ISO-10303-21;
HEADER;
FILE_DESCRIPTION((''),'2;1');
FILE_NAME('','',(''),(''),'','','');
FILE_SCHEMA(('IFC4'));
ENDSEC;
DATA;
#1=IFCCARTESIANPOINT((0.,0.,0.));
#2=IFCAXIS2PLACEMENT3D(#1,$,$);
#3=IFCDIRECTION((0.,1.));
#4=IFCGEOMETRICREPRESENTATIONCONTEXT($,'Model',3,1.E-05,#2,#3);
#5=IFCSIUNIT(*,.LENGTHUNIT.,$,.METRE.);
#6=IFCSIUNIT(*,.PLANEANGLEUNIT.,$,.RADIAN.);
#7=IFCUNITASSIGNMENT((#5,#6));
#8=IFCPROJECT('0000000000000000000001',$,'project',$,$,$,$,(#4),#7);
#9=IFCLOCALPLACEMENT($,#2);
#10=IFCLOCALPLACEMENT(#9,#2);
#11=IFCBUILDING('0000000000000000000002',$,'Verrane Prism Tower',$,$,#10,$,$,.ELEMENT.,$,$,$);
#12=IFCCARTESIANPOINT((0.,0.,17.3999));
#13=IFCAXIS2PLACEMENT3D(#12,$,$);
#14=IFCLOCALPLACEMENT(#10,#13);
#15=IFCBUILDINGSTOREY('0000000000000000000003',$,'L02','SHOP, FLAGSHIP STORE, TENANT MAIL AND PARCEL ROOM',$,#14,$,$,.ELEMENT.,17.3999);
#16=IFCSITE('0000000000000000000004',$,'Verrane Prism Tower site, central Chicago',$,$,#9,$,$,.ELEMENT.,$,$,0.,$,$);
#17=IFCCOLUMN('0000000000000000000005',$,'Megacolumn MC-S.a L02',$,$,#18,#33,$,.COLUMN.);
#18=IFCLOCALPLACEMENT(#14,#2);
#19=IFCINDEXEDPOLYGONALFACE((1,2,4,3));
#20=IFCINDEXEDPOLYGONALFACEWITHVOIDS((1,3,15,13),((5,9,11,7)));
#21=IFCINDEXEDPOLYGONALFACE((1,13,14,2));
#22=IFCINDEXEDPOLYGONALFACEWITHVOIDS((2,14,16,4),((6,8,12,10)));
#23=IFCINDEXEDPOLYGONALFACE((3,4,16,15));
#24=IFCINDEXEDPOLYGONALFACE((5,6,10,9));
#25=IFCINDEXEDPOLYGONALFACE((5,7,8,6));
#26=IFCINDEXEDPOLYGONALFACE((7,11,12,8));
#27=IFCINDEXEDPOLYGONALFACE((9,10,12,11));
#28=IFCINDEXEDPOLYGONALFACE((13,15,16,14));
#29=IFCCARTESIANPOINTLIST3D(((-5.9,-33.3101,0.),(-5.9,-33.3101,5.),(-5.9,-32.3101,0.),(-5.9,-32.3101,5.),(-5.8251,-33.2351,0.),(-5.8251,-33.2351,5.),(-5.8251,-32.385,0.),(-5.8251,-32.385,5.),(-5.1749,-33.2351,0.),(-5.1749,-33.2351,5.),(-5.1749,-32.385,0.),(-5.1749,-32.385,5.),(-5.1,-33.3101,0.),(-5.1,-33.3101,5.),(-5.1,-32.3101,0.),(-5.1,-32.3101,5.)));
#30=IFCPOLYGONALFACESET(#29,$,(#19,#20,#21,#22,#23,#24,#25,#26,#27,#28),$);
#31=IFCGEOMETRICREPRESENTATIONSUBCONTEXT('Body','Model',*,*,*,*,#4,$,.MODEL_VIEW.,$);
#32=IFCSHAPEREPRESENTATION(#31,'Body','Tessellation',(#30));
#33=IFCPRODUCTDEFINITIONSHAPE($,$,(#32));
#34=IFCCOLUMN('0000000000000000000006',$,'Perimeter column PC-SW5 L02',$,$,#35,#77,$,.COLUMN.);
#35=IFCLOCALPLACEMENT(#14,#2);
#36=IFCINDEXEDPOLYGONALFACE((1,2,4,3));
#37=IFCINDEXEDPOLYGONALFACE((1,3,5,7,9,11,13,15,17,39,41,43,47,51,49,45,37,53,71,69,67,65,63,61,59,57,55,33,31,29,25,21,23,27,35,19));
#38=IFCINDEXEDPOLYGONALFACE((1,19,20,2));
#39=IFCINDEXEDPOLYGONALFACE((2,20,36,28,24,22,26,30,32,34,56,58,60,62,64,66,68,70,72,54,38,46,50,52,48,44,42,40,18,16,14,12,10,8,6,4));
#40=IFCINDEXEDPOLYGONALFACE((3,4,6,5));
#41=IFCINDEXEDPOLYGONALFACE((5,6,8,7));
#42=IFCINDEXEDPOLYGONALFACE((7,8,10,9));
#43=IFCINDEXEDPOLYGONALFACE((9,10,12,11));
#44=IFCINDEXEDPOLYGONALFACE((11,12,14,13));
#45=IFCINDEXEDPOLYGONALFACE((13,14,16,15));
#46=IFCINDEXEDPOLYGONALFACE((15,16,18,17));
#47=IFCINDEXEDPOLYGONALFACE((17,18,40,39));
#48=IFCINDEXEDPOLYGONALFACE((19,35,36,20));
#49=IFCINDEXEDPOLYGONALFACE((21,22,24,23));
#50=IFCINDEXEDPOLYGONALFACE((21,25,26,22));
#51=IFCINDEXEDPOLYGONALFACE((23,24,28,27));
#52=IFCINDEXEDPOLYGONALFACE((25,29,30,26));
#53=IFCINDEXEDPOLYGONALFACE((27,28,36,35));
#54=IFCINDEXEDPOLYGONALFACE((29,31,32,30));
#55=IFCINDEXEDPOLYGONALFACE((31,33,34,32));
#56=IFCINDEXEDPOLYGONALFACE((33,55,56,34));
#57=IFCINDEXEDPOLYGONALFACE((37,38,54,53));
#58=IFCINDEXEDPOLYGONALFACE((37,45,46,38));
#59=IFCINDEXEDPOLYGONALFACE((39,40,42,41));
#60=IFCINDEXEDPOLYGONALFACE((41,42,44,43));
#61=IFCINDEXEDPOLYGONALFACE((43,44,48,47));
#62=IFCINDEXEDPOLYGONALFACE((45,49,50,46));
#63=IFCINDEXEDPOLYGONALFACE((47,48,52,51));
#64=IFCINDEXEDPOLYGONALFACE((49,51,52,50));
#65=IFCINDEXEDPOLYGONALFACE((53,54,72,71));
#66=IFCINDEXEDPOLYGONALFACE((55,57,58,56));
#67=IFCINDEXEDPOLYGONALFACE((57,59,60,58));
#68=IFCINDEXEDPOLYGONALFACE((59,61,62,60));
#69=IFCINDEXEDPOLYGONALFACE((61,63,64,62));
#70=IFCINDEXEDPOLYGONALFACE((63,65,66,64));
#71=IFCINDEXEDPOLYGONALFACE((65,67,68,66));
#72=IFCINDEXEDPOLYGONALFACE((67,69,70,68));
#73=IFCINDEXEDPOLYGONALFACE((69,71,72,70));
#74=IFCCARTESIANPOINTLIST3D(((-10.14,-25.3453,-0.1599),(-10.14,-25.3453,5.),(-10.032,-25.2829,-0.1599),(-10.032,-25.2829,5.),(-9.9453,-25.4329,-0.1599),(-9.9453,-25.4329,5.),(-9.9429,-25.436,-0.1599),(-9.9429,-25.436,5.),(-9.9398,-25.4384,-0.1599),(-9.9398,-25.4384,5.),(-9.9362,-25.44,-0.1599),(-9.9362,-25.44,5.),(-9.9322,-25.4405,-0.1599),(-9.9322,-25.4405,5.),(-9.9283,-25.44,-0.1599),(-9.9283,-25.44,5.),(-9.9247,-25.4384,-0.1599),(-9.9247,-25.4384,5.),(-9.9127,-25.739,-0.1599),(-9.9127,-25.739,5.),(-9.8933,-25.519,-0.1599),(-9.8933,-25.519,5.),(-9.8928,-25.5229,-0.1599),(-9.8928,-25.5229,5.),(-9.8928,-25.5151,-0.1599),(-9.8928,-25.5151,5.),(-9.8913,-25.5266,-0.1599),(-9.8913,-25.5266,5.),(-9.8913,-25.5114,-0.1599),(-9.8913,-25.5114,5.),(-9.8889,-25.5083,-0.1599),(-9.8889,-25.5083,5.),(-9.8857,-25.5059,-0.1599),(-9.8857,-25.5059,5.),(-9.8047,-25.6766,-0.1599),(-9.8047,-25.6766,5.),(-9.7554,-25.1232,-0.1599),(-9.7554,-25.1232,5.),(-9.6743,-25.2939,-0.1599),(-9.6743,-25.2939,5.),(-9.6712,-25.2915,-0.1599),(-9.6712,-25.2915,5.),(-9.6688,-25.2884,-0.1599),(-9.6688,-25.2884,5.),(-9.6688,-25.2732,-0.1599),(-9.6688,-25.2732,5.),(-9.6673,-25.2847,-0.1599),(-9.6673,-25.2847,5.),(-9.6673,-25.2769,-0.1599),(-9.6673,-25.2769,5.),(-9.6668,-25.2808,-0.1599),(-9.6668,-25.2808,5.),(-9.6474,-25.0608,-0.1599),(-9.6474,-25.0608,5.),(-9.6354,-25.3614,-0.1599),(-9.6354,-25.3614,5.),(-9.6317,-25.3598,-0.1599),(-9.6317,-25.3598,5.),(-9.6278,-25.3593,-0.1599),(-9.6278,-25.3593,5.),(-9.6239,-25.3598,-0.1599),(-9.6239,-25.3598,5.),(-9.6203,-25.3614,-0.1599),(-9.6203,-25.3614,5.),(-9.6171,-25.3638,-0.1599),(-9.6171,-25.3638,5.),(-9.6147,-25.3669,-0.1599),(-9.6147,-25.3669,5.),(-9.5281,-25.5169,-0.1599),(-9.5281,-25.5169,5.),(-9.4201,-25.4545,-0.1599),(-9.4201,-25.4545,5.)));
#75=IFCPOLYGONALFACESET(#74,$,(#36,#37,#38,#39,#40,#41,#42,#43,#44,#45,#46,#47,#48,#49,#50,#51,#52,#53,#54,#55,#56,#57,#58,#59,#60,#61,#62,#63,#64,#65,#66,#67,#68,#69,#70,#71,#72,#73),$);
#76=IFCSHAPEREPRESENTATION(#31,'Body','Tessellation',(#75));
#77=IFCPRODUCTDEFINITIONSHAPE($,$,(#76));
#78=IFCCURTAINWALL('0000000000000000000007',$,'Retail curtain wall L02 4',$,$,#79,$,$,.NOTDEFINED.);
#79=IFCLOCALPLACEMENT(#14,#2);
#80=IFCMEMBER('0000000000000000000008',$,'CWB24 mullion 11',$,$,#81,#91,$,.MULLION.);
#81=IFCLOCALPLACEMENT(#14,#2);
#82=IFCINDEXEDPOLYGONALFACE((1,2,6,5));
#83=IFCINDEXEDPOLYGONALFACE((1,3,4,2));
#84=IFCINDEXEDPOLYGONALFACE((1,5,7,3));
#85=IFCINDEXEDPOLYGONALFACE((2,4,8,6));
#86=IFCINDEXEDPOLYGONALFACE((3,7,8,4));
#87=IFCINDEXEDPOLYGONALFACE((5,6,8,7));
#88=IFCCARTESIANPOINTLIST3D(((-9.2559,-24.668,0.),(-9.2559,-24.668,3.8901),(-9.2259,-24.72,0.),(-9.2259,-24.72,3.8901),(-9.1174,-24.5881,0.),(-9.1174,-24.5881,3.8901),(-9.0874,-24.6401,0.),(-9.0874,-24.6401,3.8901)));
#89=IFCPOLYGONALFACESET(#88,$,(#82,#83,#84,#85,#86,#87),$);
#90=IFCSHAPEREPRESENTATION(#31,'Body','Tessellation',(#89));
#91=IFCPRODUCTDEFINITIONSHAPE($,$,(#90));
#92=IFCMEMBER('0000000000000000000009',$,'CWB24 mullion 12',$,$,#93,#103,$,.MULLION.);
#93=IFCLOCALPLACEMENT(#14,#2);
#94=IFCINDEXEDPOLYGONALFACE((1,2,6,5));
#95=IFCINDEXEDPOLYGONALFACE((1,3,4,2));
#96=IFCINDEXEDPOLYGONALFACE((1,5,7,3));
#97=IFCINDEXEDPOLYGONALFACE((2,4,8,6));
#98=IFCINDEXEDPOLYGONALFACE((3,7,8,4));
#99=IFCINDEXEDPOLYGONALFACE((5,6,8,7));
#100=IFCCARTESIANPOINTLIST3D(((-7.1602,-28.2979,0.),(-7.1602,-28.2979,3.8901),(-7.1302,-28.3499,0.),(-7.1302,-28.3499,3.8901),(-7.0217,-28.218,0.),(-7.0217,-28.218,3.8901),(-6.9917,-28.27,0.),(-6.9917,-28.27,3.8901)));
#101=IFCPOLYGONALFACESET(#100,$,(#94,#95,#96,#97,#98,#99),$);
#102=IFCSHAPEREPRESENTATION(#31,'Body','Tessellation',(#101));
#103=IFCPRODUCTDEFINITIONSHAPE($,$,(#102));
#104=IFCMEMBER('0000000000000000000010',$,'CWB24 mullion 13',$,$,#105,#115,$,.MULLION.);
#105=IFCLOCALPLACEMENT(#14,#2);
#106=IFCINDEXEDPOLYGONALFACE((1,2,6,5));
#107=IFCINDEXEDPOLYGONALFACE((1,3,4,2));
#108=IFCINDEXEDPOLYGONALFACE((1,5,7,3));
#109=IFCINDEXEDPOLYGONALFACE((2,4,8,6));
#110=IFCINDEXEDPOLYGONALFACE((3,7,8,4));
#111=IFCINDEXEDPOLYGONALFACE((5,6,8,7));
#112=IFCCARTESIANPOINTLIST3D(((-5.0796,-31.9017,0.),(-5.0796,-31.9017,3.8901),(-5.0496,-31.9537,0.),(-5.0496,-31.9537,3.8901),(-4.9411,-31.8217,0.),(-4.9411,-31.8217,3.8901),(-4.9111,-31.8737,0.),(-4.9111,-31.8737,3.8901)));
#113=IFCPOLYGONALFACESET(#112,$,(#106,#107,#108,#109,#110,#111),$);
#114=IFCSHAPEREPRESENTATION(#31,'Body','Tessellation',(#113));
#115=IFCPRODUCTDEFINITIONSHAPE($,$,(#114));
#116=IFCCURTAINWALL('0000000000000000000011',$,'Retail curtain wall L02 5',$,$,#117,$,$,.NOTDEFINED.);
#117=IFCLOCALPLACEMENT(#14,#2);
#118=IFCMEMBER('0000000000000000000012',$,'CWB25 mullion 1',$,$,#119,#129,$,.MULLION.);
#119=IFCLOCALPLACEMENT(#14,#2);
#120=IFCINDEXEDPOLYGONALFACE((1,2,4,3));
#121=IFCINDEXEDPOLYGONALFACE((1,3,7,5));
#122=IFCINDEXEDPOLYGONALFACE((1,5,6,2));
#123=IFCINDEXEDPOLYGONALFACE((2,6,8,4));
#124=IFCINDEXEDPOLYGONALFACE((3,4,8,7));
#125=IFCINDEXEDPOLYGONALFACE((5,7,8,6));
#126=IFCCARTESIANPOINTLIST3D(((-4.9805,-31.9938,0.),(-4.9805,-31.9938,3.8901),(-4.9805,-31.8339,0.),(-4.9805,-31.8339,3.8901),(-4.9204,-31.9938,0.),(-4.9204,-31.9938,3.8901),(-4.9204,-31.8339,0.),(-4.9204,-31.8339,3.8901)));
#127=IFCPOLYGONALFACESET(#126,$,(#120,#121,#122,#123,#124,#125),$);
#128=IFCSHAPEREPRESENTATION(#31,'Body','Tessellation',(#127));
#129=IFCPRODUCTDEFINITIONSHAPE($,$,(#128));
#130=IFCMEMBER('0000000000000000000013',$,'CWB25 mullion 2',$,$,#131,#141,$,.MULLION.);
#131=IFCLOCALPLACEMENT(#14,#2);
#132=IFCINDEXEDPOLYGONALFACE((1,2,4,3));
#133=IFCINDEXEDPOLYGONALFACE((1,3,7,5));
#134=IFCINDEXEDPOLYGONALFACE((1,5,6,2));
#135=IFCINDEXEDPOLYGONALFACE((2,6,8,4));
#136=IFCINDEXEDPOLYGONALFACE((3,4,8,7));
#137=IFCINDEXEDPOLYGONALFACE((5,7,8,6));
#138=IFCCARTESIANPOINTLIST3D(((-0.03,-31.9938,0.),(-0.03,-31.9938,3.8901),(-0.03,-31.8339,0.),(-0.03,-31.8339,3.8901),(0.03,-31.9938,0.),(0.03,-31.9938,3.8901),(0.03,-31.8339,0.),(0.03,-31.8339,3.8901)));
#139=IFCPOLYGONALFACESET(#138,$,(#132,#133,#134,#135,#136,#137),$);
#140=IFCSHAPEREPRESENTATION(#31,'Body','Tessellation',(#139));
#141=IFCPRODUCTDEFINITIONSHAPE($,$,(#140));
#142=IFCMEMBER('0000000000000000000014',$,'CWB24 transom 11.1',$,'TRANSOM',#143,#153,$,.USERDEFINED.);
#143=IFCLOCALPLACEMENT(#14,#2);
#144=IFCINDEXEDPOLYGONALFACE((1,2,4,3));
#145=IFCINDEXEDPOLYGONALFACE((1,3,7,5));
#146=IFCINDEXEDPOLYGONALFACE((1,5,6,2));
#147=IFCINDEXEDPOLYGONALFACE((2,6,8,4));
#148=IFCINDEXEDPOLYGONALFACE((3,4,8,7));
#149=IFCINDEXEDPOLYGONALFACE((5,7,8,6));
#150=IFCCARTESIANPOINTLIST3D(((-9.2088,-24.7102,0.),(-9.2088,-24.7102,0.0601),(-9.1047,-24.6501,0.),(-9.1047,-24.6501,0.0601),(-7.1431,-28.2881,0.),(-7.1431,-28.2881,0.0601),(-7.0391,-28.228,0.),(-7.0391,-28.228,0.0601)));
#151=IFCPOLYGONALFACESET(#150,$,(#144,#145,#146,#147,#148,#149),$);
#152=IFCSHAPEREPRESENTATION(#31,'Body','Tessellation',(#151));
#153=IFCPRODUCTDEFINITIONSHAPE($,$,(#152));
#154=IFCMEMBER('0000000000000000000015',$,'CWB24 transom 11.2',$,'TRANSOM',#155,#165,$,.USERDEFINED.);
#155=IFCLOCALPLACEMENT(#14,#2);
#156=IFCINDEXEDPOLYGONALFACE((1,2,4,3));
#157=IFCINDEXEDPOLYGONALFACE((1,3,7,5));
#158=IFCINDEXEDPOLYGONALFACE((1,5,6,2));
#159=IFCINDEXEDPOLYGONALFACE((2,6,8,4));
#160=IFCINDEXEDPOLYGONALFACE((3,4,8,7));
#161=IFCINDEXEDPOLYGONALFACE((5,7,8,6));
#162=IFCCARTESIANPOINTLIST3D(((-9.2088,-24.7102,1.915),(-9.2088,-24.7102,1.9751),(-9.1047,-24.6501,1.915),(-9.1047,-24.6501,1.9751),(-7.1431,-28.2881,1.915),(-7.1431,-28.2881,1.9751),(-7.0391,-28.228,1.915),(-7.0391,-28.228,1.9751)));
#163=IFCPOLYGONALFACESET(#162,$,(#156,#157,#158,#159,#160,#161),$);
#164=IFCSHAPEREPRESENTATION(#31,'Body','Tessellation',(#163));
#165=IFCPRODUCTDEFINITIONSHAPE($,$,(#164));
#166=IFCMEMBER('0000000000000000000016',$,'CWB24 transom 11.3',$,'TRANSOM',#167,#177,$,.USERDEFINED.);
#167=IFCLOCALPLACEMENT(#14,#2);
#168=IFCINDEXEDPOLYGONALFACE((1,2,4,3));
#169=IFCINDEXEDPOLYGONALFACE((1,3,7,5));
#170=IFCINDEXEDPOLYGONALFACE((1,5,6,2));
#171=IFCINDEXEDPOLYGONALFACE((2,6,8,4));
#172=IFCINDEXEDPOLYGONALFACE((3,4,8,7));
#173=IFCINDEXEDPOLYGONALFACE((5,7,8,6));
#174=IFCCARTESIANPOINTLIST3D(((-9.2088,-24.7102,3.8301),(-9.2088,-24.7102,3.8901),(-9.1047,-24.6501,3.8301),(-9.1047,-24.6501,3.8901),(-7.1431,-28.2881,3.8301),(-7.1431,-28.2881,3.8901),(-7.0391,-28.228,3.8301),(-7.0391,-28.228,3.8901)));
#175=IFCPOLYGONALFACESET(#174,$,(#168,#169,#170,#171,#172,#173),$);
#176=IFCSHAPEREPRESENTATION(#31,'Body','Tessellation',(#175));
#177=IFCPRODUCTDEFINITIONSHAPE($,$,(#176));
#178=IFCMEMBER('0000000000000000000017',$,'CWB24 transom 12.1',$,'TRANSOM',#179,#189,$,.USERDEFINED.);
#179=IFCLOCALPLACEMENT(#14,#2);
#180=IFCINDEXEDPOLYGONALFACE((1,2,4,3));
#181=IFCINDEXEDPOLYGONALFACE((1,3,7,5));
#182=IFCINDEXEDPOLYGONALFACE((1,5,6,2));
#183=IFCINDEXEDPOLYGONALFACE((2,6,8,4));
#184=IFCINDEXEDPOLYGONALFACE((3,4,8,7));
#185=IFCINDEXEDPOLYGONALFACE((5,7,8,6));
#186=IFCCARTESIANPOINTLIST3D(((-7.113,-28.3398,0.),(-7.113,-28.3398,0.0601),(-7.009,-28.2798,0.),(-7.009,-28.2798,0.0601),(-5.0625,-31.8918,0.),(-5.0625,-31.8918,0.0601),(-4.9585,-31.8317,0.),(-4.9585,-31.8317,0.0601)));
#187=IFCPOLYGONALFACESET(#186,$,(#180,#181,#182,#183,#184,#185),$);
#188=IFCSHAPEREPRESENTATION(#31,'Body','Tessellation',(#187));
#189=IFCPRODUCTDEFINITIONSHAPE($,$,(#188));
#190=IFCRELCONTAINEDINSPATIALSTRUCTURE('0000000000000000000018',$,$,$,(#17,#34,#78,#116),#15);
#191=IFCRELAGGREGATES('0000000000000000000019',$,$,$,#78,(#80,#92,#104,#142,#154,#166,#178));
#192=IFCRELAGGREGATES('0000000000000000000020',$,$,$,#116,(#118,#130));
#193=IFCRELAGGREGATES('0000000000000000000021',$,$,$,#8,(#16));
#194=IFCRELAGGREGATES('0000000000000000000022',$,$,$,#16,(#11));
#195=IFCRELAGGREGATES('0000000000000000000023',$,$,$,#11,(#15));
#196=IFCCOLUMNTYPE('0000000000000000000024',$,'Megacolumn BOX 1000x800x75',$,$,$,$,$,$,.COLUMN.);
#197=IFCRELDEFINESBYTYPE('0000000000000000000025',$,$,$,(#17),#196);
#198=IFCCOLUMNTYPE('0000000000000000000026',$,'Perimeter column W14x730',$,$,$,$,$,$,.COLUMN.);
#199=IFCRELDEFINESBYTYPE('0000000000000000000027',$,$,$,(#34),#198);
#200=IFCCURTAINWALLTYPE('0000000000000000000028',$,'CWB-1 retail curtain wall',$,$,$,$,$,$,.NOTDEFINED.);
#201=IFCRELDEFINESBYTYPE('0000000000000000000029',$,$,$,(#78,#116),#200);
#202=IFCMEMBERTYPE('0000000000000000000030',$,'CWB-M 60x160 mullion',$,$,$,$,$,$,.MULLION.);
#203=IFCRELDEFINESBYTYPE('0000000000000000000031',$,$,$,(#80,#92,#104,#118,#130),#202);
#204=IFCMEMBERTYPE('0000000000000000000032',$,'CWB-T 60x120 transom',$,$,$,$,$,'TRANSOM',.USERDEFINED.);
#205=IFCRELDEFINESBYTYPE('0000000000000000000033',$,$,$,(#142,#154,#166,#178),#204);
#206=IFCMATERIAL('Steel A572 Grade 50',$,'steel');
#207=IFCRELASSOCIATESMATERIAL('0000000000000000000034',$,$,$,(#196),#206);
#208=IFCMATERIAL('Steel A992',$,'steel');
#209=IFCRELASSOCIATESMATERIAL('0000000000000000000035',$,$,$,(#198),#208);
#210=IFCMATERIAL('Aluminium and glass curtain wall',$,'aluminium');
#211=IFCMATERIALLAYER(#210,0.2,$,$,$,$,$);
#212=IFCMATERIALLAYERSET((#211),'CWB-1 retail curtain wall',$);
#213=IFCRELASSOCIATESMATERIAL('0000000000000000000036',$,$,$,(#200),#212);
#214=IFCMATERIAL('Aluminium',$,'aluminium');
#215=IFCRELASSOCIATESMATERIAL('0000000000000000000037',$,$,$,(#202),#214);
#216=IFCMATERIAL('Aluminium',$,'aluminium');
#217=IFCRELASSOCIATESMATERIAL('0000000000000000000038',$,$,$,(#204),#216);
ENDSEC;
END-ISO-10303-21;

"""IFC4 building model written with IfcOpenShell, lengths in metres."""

from ifc_helpers import new_model, si_unit, direction, frame, origin, origin_2d, place, context, subcontext, project, spatial, rectangle, hollow_rectangle, i_section, extrude, material, layer, layer_set, material_profile, profile_set, type_object, element, aggregate, save


model = new_model("IFC4")

# Units and contexts
model_context = context("Model", 3, precision=1e-05, world=origin(), true_north=direction((0.0, 1.0)))
body_context = subcontext(model_context, "Body", "Model", "MODEL_VIEW")
ifc_project = project(units=[si_unit("LENGTHUNIT", "METRE"), si_unit("PLANEANGLEUNIT", "RADIAN")], contexts=[model_context])

# Site, building, storey
site_placement = place(None, origin())
site = spatial("IfcSite", under=ifc_project, at=site_placement, Name="Verrane Prism Tower site, central Chicago", CompositionType="ELEMENT", RefElevation=0.0)
building_placement = place(site_placement, origin())
building = spatial("IfcBuilding", under=site, at=building_placement, Name="Verrane Prism Tower", CompositionType="ELEMENT")
storey_placement = place(building_placement, frame((0.0, 0.0, 17.3999)))
storey = spatial("IfcBuildingStorey", under=building, at=storey_placement, Name="L02", Description="SHOP, FLAGSHIP STORE, TENANT MAIL AND PARCEL ROOM", CompositionType="ELEMENT", Elevation=17.3999)

# Columns
ifc_material_1 = material(Name="Steel A572 Grade 50", Category="steel")
ifc_material_profile_1 = material_profile(ifc_material_1, hollow_rectangle(XDim=0.8, YDim=1.0, WallThickness=0.075, at=origin_2d()), Name="BOX 1000x800x75")
ifc_profile_set_1 = profile_set([ifc_material_profile_1], Name="Steel A572 Grade 50")
column_type_1 = type_object("IfcColumnType", Name="Megacolumn BOX 1000x800x75", PredefinedType="COLUMN", material=ifc_profile_set_1)
column_1_placement = place(storey_placement, frame((-5.5, -32.8101, 0.0), z_axis=(0.0, 0.0, 1.0), x_axis=(-1.0, 0.0, 0.0)))
element("IfcColumn", 1, at=column_1_placement, inside=storey, type_object=column_type_1, Name="Megacolumn MC-S.a L02", PredefinedType="COLUMN", context=body_context, shape_type="SweptSolid", body=[
    extrude(hollow_rectangle(XDim=0.8, YDim=1.0, WallThickness=0.075, at=origin_2d()), origin(), (0.0, 0.0, 1.0), 5.0),
])
ifc_material_2 = material(Name="Steel A992", Category="steel")
ifc_material_profile_2 = material_profile(ifc_material_2, i_section(OverallWidth=0.4546, OverallDepth=0.5688, WebThickness=0.0779, FlangeThickness=0.1248, FilletRadius=0.0151, at=origin_2d()), Name="W14x730")
ifc_profile_set_2 = profile_set([ifc_material_profile_2], Name="Steel A992")
column_type_2 = type_object("IfcColumnType", Name="Perimeter column W14x730", PredefinedType="COLUMN", material=ifc_profile_set_2)
column_2_placement = place(storey_placement, frame((-9.78, -25.3999, -0.1599), z_axis=(0.0, 0.0, 1.0), x_axis=(-0.5, 0.866025, 0.0)))
element("IfcColumn", 2, at=column_2_placement, inside=storey, type_object=column_type_2, Name="Perimeter column PC-SW5 L02", PredefinedType="COLUMN", context=body_context, shape_type="SweptSolid", body=[
    extrude(i_section(OverallWidth=0.4546, OverallDepth=0.5688, WebThickness=0.0779, FlangeThickness=0.1248, FilletRadius=0.0151, at=origin_2d()), origin(), (0.0, 0.0, 1.0), 5.1599),
])

# Curtain walls, members
ifc_material_3 = material(Name="Aluminium and glass curtain wall", Category="aluminium")
ifc_layer_1 = layer(ifc_material_3, 0.2)
ifc_layer_set_1 = layer_set([ifc_layer_1], Name="CWB-1 retail curtain wall")
curtain_wall_type = type_object("IfcCurtainWallType", Name="CWB-1 retail curtain wall", PredefinedType="NOTDEFINED", material=ifc_layer_set_1)
curtain_wall_1_placement = place(storey_placement, origin())
curtain_wall_1 = element("IfcCurtainWall", 3, at=curtain_wall_1_placement, inside=storey, type_object=curtain_wall_type, Name="Retail curtain wall L02 4", PredefinedType="NOTDEFINED")
ifc_material_4 = material(Name="Aluminium", Category="aluminium")
ifc_material_profile_3 = material_profile(ifc_material_4, rectangle(XDim=0.1599, YDim=0.0601, at=origin_2d()), Name="CWB-M 60x160 mullion")
ifc_profile_set_3 = profile_set([ifc_material_profile_3], Name="Aluminium")
member_type_1 = type_object("IfcMemberType", Name="CWB-M 60x160 mullion", PredefinedType="MULLION", material=ifc_profile_set_3)
member_1_placement = place(storey_placement, frame((-9.1716, -24.6541, 0.0), z_axis=(0.0, 0.0, 1.0), x_axis=(0.866025, 0.5, 0.0)))
member_1 = element("IfcMember", 4, at=member_1_placement, type_object=member_type_1, Name="CWB24 mullion 11", PredefinedType="MULLION", context=body_context, shape_type="SweptSolid", body=[
    extrude(rectangle(XDim=0.1599, YDim=0.0601, at=origin_2d()), origin(), (0.0, 0.0, 1.0), 3.8901),
])
member_2_placement = place(storey_placement, frame((-7.0759, -28.2839, 0.0), z_axis=(0.0, 0.0, 1.0), x_axis=(0.866025, 0.5, 0.0)))
member_2 = element("IfcMember", 5, at=member_2_placement, type_object=member_type_1, Name="CWB24 mullion 12", PredefinedType="MULLION", context=body_context, shape_type="SweptSolid", body=[
    extrude(rectangle(XDim=0.1599, YDim=0.0601, at=origin_2d()), origin(), (0.0, 0.0, 1.0), 3.8901),
])
member_3_placement = place(storey_placement, frame((-4.9954, -31.8877, 0.0), z_axis=(0.0, 0.0, 1.0), x_axis=(0.866025, 0.5, 0.0)))
member_3 = element("IfcMember", 6, at=member_3_placement, type_object=member_type_1, Name="CWB24 mullion 13", PredefinedType="MULLION", context=body_context, shape_type="SweptSolid", body=[
    extrude(rectangle(XDim=0.1599, YDim=0.0601, at=origin_2d()), origin(), (0.0, 0.0, 1.0), 3.8901),
])
curtain_wall_2_placement = place(storey_placement, origin())
curtain_wall_2 = element("IfcCurtainWall", 7, at=curtain_wall_2_placement, inside=storey, type_object=curtain_wall_type, Name="Retail curtain wall L02 5", PredefinedType="NOTDEFINED")
member_4_placement = place(storey_placement, frame((-4.9504, -31.9138, 0.0), z_axis=(0.0, 0.0, 1.0), x_axis=(0.0, 1.0, 0.0)))
member_4 = element("IfcMember", 8, at=member_4_placement, type_object=member_type_1, Name="CWB25 mullion 1", PredefinedType="MULLION", context=body_context, shape_type="SweptSolid", body=[
    extrude(rectangle(XDim=0.1599, YDim=0.0601, at=origin_2d()), origin(), (0.0, 0.0, 1.0), 3.8901),
])
member_5_placement = place(storey_placement, frame((0.0, -31.9138, 0.0), z_axis=(0.0, 0.0, 1.0), x_axis=(0.0, 1.0, 0.0)))
member_5 = element("IfcMember", 9, at=member_5_placement, type_object=member_type_1, Name="CWB25 mullion 2", PredefinedType="MULLION", context=body_context, shape_type="SweptSolid", body=[
    extrude(rectangle(XDim=0.1599, YDim=0.0601, at=origin_2d()), origin(), (0.0, 0.0, 1.0), 3.8901),
])

# Members
ifc_material_5 = material(Name="Aluminium", Category="aluminium")
ifc_material_profile_4 = material_profile(ifc_material_5, rectangle(XDim=0.1201, YDim=0.0601, at=origin_2d()), Name="CWB-T 60x120 transom")
ifc_profile_set_4 = profile_set([ifc_material_profile_4], Name="Aluminium")
member_type_2 = type_object("IfcMemberType", Name="CWB-T 60x120 transom", ElementType="TRANSOM", PredefinedType="USERDEFINED", material=ifc_profile_set_4)
member_6_placement = place(storey_placement, frame((-9.1567, -24.6802, 0.03), z_axis=(0.499997, -0.866027, 0.0), x_axis=(0.866027, 0.499997, 0.0)))
member_6 = element("IfcMember", 10, at=member_6_placement, type_object=member_type_2, Name="CWB24 transom 11.1", ObjectType="TRANSOM", PredefinedType="USERDEFINED", context=body_context, shape_type="SweptSolid", body=[
    extrude(rectangle(XDim=0.1201, YDim=0.0601, at=origin_2d()), origin(), (0.0, 0.0, 1.0), 4.1313),
])
member_7_placement = place(storey_placement, frame((-9.1567, -24.6802, 1.9451), z_axis=(0.499997, -0.866027, 0.0), x_axis=(0.866027, 0.499997, 0.0)))
member_7 = element("IfcMember", 11, at=member_7_placement, type_object=member_type_2, Name="CWB24 transom 11.2", ObjectType="TRANSOM", PredefinedType="USERDEFINED", context=body_context, shape_type="SweptSolid", body=[
    extrude(rectangle(XDim=0.1201, YDim=0.0601, at=origin_2d()), origin(), (0.0, 0.0, 1.0), 4.1313),
])
member_8_placement = place(storey_placement, frame((-9.1567, -24.6802, 3.8601), z_axis=(0.499997, -0.866027, 0.0), x_axis=(0.866027, 0.499997, 0.0)))
member_8 = element("IfcMember", 12, at=member_8_placement, type_object=member_type_2, Name="CWB24 transom 11.3", ObjectType="TRANSOM", PredefinedType="USERDEFINED", context=body_context, shape_type="SweptSolid", body=[
    extrude(rectangle(XDim=0.1201, YDim=0.0601, at=origin_2d()), origin(), (0.0, 0.0, 1.0), 4.1313),
])
member_9_placement = place(storey_placement, frame((-7.061, -28.3098, 0.03), z_axis=(0.499961, -0.866048, 0.0), x_axis=(0.866048, 0.499961, 0.0)))
member_9 = element("IfcMember", 13, at=member_9_placement, type_object=member_type_2, Name="CWB24 transom 12.1", ObjectType="TRANSOM", PredefinedType="USERDEFINED", context=body_context, shape_type="SweptSolid", body=[
    extrude(rectangle(XDim=0.1201, YDim=0.0601, at=origin_2d()), origin(), (0.0, 0.0, 1.0), 4.1013),
])

aggregate(curtain_wall_1, [member_1, member_2, member_3, member_6, member_7, member_8, member_9])
aggregate(curtain_wall_2, [member_4, member_5])

save(model, "model.ifc")
